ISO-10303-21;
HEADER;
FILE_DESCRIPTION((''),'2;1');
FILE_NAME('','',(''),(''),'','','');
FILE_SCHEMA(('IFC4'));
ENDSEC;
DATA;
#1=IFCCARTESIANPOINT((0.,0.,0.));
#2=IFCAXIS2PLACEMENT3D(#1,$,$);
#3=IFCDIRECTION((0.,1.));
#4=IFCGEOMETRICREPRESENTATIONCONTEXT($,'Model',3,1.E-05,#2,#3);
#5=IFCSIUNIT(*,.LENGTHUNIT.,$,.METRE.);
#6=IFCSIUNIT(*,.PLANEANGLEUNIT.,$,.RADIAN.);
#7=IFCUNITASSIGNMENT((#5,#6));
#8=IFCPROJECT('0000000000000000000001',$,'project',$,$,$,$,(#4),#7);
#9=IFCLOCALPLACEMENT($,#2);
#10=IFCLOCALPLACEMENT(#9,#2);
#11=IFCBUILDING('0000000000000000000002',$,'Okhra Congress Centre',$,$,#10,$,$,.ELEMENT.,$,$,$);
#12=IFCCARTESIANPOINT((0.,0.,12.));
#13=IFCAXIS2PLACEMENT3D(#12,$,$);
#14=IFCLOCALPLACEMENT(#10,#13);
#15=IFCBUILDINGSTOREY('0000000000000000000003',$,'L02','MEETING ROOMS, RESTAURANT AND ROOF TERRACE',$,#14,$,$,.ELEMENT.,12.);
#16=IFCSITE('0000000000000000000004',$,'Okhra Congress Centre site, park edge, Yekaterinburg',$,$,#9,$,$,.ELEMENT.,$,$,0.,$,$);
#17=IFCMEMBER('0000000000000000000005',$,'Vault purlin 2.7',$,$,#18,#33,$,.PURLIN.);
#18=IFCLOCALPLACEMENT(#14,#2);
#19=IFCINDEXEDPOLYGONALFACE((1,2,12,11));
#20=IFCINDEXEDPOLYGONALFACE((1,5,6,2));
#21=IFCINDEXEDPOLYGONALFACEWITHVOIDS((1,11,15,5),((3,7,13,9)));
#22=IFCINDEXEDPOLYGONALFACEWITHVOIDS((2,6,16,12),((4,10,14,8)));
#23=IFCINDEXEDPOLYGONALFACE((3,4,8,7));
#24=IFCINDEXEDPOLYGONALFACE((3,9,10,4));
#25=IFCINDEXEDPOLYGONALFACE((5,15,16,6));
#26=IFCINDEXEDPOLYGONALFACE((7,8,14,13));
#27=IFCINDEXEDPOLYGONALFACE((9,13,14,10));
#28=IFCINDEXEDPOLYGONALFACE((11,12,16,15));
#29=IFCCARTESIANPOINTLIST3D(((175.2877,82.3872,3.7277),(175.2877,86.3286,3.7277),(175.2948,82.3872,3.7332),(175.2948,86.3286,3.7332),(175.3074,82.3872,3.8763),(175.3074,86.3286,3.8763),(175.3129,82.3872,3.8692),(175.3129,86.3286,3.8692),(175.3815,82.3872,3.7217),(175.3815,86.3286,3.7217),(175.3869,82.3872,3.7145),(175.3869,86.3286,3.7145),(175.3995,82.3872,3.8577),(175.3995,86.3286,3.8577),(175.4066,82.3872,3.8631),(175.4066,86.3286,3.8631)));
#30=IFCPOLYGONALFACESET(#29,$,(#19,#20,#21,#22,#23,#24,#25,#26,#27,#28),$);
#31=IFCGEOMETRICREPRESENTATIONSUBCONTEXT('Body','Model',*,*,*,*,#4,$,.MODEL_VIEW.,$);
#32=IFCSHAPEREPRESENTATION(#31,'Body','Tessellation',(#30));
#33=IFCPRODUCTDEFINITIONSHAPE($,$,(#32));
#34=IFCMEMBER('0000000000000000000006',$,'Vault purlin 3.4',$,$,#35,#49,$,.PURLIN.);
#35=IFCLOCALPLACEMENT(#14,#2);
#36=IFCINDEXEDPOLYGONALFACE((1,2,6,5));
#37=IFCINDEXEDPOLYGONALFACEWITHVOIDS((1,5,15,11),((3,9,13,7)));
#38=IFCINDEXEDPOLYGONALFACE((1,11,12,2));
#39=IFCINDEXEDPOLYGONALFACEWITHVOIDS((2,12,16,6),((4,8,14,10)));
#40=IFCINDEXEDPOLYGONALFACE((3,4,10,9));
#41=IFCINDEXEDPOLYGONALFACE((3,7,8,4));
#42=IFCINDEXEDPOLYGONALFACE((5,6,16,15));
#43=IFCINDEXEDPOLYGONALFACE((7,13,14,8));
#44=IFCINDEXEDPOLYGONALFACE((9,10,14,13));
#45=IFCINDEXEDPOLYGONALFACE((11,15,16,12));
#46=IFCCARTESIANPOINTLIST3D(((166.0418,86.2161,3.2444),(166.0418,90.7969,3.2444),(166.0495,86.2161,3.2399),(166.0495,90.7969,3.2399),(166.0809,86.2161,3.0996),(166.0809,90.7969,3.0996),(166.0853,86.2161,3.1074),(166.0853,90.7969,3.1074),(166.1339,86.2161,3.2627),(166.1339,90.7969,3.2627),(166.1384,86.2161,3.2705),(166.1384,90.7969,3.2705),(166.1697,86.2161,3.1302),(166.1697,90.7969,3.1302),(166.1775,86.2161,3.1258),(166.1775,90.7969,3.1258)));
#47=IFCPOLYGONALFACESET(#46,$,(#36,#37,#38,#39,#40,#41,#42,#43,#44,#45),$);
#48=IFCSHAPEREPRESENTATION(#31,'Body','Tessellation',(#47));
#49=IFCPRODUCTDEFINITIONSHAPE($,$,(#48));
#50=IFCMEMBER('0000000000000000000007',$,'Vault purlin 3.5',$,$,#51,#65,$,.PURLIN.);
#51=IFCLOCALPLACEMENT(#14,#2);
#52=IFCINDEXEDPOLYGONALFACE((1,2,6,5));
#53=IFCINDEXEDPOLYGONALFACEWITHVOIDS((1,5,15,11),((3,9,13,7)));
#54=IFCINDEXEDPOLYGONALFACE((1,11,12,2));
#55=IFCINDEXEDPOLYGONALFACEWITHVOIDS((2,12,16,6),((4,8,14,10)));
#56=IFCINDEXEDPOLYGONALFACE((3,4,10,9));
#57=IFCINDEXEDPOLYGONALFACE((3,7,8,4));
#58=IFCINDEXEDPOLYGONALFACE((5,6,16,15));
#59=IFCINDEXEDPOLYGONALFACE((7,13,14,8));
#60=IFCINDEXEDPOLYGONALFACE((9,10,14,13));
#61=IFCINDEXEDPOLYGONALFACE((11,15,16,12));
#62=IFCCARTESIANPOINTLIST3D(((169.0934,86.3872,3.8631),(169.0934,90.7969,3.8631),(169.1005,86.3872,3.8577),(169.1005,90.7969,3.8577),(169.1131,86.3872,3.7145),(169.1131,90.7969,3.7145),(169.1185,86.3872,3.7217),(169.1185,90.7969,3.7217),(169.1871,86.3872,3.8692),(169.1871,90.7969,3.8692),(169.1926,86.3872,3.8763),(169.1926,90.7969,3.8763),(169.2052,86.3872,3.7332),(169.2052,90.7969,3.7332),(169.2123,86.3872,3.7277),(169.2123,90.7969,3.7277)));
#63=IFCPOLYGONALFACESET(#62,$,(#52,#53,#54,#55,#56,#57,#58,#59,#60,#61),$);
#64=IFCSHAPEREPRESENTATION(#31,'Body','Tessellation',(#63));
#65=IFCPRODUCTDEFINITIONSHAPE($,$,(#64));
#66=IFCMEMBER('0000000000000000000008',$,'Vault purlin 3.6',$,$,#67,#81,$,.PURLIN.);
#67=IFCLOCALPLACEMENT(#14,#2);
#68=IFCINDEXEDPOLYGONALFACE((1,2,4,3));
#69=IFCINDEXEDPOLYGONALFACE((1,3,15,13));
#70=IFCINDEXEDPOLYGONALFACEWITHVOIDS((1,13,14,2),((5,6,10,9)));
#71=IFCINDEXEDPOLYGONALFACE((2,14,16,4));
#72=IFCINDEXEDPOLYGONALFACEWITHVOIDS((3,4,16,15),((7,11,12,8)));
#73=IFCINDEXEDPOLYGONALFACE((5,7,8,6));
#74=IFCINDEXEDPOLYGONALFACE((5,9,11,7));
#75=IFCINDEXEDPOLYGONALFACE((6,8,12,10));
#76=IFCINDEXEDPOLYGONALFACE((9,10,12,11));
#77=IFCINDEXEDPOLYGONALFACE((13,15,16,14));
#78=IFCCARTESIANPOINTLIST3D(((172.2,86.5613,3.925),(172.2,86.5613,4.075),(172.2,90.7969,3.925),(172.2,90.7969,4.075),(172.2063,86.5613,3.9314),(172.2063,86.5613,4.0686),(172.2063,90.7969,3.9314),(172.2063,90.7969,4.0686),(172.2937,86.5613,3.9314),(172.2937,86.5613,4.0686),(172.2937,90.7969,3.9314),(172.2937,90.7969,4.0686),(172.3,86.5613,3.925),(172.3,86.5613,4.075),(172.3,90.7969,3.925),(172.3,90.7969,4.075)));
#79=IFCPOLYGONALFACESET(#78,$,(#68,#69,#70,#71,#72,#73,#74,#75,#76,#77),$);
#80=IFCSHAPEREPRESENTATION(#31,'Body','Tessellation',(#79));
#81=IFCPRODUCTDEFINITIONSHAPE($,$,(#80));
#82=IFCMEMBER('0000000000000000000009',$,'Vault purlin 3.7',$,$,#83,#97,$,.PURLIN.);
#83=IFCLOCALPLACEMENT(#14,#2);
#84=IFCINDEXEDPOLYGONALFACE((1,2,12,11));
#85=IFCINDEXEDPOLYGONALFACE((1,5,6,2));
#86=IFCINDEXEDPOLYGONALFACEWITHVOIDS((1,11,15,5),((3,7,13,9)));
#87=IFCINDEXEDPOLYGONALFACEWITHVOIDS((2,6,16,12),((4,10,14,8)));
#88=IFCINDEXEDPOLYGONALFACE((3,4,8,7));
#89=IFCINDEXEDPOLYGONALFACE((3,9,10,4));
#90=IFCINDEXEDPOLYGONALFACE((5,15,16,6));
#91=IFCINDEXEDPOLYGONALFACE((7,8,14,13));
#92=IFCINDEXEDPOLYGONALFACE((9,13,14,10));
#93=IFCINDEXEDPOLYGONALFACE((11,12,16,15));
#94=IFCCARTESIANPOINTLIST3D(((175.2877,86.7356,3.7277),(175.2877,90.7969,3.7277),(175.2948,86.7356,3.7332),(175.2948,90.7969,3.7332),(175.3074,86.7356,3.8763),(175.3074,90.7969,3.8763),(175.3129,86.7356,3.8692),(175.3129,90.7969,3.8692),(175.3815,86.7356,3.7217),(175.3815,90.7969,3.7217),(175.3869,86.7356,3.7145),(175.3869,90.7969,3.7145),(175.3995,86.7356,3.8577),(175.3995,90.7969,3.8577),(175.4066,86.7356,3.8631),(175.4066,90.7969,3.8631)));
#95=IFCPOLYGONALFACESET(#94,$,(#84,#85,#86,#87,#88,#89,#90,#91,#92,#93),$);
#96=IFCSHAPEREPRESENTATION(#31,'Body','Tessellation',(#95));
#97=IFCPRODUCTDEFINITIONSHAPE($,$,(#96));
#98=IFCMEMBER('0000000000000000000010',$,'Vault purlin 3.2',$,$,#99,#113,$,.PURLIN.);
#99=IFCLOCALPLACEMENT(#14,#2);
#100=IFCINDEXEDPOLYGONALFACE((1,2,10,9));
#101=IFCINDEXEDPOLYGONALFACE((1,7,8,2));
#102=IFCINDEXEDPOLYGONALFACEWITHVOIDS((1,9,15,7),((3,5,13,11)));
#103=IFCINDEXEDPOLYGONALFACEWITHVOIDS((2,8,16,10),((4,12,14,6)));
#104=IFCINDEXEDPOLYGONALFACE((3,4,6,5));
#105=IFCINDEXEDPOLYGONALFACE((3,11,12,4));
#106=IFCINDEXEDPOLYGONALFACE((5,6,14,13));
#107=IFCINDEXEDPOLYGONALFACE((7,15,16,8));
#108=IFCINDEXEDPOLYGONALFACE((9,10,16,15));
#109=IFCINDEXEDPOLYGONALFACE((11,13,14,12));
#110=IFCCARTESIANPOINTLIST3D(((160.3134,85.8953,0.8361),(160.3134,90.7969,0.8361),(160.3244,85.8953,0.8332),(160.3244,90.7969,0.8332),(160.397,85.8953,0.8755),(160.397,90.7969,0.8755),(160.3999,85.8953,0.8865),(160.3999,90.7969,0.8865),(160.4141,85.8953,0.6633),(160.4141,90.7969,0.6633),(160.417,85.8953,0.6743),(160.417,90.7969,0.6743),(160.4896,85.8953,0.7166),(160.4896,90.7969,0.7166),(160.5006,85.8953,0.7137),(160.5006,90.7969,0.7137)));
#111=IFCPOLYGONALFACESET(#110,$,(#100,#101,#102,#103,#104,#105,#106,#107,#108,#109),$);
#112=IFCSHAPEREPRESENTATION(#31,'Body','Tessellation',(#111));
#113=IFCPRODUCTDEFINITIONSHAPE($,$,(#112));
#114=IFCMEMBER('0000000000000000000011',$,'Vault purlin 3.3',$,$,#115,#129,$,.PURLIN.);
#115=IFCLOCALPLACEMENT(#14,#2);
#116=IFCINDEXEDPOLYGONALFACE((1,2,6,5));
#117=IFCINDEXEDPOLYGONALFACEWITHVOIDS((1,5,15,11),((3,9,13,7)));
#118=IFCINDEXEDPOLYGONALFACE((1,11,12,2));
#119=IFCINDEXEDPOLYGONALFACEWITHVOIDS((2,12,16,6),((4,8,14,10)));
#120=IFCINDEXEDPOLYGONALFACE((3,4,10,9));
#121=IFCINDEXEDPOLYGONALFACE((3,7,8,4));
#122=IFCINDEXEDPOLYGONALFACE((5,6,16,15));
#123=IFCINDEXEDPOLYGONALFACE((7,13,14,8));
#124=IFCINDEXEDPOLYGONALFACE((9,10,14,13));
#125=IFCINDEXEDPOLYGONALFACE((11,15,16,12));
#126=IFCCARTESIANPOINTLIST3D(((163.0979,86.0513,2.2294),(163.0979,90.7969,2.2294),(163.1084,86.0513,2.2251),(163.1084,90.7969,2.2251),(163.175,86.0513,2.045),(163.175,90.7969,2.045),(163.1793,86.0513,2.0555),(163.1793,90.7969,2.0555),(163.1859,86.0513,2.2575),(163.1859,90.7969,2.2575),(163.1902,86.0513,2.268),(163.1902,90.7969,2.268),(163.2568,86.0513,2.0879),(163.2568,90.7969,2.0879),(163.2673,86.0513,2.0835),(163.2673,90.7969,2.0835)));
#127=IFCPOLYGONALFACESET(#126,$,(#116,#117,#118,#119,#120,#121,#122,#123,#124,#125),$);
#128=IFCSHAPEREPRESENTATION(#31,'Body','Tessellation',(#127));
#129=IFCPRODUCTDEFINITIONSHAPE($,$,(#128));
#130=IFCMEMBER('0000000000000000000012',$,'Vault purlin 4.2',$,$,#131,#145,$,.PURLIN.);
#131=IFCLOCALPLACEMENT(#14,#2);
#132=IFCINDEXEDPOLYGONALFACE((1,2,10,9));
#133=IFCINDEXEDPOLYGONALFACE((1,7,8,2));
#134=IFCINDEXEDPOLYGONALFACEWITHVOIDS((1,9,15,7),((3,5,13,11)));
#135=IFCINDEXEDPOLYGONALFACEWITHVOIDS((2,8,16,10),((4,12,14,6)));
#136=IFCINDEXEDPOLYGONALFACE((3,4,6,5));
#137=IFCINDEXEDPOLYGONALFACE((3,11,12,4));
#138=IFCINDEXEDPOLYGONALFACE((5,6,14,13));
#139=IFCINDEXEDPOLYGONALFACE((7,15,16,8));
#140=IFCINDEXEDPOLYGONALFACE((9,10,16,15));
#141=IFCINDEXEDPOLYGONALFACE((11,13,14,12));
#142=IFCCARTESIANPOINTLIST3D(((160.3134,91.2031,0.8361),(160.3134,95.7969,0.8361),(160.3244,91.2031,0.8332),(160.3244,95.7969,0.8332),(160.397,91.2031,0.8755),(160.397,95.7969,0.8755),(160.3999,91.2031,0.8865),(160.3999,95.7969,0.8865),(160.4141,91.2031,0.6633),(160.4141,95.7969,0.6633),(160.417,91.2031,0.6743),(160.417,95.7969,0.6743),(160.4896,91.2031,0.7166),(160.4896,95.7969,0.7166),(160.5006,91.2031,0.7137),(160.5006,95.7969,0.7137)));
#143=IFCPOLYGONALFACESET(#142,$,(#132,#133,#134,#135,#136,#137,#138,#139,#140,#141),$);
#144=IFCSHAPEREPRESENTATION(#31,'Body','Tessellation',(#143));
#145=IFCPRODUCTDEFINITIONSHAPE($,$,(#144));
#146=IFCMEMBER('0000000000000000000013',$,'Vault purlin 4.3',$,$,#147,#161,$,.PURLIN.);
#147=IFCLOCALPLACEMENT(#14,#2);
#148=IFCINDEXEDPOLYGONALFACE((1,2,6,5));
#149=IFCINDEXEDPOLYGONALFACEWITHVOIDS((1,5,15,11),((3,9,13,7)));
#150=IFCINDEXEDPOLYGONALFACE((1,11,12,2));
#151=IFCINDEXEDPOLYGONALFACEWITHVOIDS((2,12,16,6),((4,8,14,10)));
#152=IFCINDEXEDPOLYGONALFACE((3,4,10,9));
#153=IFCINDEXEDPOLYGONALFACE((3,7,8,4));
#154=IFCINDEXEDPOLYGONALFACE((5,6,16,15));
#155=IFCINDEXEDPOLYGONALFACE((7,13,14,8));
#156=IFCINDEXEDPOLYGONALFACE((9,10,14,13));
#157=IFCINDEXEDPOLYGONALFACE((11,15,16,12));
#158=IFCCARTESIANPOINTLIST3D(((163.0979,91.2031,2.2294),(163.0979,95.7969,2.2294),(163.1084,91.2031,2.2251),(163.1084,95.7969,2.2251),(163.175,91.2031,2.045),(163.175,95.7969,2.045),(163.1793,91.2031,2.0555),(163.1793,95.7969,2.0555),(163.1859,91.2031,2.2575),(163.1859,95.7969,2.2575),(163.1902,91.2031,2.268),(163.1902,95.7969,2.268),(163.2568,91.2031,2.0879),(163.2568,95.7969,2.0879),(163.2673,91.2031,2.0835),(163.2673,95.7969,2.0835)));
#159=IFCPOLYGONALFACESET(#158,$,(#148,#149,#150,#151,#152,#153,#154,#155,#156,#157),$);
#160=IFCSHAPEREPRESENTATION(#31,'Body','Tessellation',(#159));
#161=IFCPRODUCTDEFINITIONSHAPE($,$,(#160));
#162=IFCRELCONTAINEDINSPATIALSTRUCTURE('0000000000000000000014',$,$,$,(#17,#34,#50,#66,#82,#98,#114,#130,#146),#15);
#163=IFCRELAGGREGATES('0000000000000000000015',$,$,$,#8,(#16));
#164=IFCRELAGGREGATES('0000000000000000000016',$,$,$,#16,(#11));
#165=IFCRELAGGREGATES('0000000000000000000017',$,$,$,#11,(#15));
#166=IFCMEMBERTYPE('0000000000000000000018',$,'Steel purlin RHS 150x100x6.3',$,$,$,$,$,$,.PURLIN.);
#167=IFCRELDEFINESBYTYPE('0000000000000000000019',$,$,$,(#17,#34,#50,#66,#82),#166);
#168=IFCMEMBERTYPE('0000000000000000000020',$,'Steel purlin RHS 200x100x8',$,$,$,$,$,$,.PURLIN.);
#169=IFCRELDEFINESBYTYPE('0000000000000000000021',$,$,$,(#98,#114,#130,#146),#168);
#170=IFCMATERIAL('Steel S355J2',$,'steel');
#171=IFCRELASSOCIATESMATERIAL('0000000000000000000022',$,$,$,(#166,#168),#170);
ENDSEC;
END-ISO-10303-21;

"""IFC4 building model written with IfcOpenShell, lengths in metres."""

from ifc_helpers import new_model, si_unit, direction, frame, origin, origin_2d, place, context, subcontext, project, spatial, hollow_rectangle, extrude, material, material_profile, profile_set, type_object, element, save


model = new_model("IFC4")

# Units and contexts
model_context = context("Model", 3, precision=1e-05, world=origin(), true_north=direction((0.0, 1.0)))
body_context = subcontext(model_context, "Body", "Model", "MODEL_VIEW")
ifc_project = project(units=[si_unit("LENGTHUNIT", "METRE"), si_unit("PLANEANGLEUNIT", "RADIAN")], contexts=[model_context])

# Site, building, storey
site_placement = place(None, origin())
site = spatial("IfcSite", under=ifc_project, at=site_placement, Name="Okhra Congress Centre site, park edge, Yekaterinburg", CompositionType="ELEMENT", RefElevation=0.0)
building_placement = place(site_placement, origin())
building = spatial("IfcBuilding", under=site, at=building_placement, Name="Okhra Congress Centre", CompositionType="ELEMENT")
storey_placement = place(building_placement, frame((0.0, 0.0, 12.0)))
storey = spatial("IfcBuildingStorey", under=building, at=storey_placement, Name="L02", Description="MEETING ROOMS, RESTAURANT AND ROOF TERRACE", CompositionType="ELEMENT", Elevation=12.0)

# Members
ifc_material_1 = material(Name="Steel S355J2", Category="steel")
ifc_material_profile_1 = material_profile(ifc_material_1, hollow_rectangle(XDim=0.1001, YDim=0.1499, WallThickness=0.0063, at=origin_2d()), Name="RHS 150x100x6.3")
ifc_profile_set_1 = profile_set([ifc_material_profile_1], Name="Steel S355J2")
member_type_1 = type_object("IfcMemberType", Name="Steel purlin RHS 150x100x6.3", PredefinedType="PURLIN", material=ifc_profile_set_1)
member_1_placement = place(storey_placement, frame((175.3472, 82.3872, 3.7954), z_axis=(0.0, 1.0, 0.0), x_axis=(-0.991307, 0.0, 0.131568)))
element("IfcMember", 1, at=member_1_placement, inside=storey, type_object=member_type_1, Name="Vault purlin 2.7", PredefinedType="PURLIN", context=body_context, shape_type="SweptSolid", body=[
    extrude(hollow_rectangle(XDim=0.1001, YDim=0.1499, WallThickness=0.0063, at=origin_2d()), origin(), (0.0, 0.0, 1.0), 3.9414),
])
member_2_placement = place(storey_placement, frame((166.1096, 86.2161, 3.1851), z_axis=(0.0, 1.0, 0.0), x_axis=(-0.96538, 0.0, -0.260848)))
element("IfcMember", 2, at=member_2_placement, inside=storey, type_object=member_type_1, Name="Vault purlin 3.4", PredefinedType="PURLIN", context=body_context, shape_type="SweptSolid", body=[
    extrude(hollow_rectangle(XDim=0.1001, YDim=0.1499, WallThickness=0.0063, at=origin_2d()), origin(), (0.0, 0.0, 1.0), 4.5808),
])
member_3_placement = place(storey_placement, frame((169.1528, 86.3872, 3.7954), z_axis=(0.0, 1.0, 0.0), x_axis=(-0.991307, 0.0, -0.131568)))
element("IfcMember", 3, at=member_3_placement, inside=storey, type_object=member_type_1, Name="Vault purlin 3.5", PredefinedType="PURLIN", context=body_context, shape_type="SweptSolid", body=[
    extrude(hollow_rectangle(XDim=0.1001, YDim=0.1499, WallThickness=0.0063, at=origin_2d()), origin(), (0.0, 0.0, 1.0), 4.4097),
])
member_4_placement = place(storey_placement, frame((172.25, 86.5613, 4.0), z_axis=(0.0, 1.0, 0.0), x_axis=(-1.0, 0.0, 0.0)))
element("IfcMember", 4, at=member_4_placement, inside=storey, type_object=member_type_1, Name="Vault purlin 3.6", PredefinedType="PURLIN", context=body_context, shape_type="SweptSolid", body=[
    extrude(hollow_rectangle(XDim=0.1001, YDim=0.1499, WallThickness=0.0063, at=origin_2d()), origin(), (0.0, 0.0, 1.0), 4.2356),
])
member_5_placement = place(storey_placement, frame((175.3472, 86.7356, 3.7954), z_axis=(0.0, 1.0, 0.0), x_axis=(-0.991307, 0.0, 0.131568)))
element("IfcMember", 5, at=member_5_placement, inside=storey, type_object=member_type_1, Name="Vault purlin 3.7", PredefinedType="PURLIN", context=body_context, shape_type="SweptSolid", body=[
    extrude(hollow_rectangle(XDim=0.1001, YDim=0.1499, WallThickness=0.0063, at=origin_2d()), origin(), (0.0, 0.0, 1.0), 4.0613),
])
ifc_material_profile_2 = material_profile(ifc_material_1, hollow_rectangle(XDim=0.1001, YDim=0.2, WallThickness=0.0081, at=origin_2d()), Name="RHS 200x100x8")
ifc_profile_set_2 = profile_set([ifc_material_profile_2], Name="Steel S355J2")
member_type_2 = type_object("IfcMemberType", Name="Steel purlin RHS 200x100x8", PredefinedType="PURLIN", material=ifc_profile_set_2)
member_6_placement = place(storey_placement, frame((160.407, 85.8953, 0.7749), z_axis=(0.0, 1.0, 0.0), x_axis=(-0.863917, 0.0, -0.503634)))
element("IfcMember", 6, at=member_6_placement, inside=storey, type_object=member_type_2, Name="Vault purlin 3.2", PredefinedType="PURLIN", context=body_context, shape_type="SweptSolid", body=[
    extrude(hollow_rectangle(XDim=0.1001, YDim=0.2, WallThickness=0.0081, at=origin_2d()), origin(), (0.0, 0.0, 1.0), 4.9016),
])
member_7_placement = place(storey_placement, frame((163.1826, 86.0513, 2.1565), z_axis=(0.0, 1.0, 0.0), x_axis=(-0.922669, 0.0, -0.385593)))
element("IfcMember", 7, at=member_7_placement, inside=storey, type_object=member_type_2, Name="Vault purlin 3.3", PredefinedType="PURLIN", context=body_context, shape_type="SweptSolid", body=[
    extrude(hollow_rectangle(XDim=0.1001, YDim=0.2, WallThickness=0.0081, at=origin_2d()), origin(), (0.0, 0.0, 1.0), 4.7456),
])
for number, where, z_axis, x_axis, name in (
    (8, (160.407, 91.2031, 0.7749), (0.0, 1.0, 0.0), (-0.863917, 0.0, -0.503634), "Vault purlin 4.2"),
    (9, (163.1826, 91.2031, 2.1565), (0.0, 1.0, 0.0), (-0.922669, 0.0, -0.385593), "Vault purlin 4.3"),
):
    element("IfcMember", number, at=place(storey_placement, frame(where, z_axis=z_axis, x_axis=x_axis)), inside=storey, type_object=member_type_2, Name=name, PredefinedType="PURLIN", context=body_context, shape_type="SweptSolid", body=[
        extrude(hollow_rectangle(XDim=0.1001, YDim=0.2, WallThickness=0.0081, at=origin_2d()), origin(), (0.0, 0.0, 1.0), 4.5938),
    ])

save(model, "model.ifc")
